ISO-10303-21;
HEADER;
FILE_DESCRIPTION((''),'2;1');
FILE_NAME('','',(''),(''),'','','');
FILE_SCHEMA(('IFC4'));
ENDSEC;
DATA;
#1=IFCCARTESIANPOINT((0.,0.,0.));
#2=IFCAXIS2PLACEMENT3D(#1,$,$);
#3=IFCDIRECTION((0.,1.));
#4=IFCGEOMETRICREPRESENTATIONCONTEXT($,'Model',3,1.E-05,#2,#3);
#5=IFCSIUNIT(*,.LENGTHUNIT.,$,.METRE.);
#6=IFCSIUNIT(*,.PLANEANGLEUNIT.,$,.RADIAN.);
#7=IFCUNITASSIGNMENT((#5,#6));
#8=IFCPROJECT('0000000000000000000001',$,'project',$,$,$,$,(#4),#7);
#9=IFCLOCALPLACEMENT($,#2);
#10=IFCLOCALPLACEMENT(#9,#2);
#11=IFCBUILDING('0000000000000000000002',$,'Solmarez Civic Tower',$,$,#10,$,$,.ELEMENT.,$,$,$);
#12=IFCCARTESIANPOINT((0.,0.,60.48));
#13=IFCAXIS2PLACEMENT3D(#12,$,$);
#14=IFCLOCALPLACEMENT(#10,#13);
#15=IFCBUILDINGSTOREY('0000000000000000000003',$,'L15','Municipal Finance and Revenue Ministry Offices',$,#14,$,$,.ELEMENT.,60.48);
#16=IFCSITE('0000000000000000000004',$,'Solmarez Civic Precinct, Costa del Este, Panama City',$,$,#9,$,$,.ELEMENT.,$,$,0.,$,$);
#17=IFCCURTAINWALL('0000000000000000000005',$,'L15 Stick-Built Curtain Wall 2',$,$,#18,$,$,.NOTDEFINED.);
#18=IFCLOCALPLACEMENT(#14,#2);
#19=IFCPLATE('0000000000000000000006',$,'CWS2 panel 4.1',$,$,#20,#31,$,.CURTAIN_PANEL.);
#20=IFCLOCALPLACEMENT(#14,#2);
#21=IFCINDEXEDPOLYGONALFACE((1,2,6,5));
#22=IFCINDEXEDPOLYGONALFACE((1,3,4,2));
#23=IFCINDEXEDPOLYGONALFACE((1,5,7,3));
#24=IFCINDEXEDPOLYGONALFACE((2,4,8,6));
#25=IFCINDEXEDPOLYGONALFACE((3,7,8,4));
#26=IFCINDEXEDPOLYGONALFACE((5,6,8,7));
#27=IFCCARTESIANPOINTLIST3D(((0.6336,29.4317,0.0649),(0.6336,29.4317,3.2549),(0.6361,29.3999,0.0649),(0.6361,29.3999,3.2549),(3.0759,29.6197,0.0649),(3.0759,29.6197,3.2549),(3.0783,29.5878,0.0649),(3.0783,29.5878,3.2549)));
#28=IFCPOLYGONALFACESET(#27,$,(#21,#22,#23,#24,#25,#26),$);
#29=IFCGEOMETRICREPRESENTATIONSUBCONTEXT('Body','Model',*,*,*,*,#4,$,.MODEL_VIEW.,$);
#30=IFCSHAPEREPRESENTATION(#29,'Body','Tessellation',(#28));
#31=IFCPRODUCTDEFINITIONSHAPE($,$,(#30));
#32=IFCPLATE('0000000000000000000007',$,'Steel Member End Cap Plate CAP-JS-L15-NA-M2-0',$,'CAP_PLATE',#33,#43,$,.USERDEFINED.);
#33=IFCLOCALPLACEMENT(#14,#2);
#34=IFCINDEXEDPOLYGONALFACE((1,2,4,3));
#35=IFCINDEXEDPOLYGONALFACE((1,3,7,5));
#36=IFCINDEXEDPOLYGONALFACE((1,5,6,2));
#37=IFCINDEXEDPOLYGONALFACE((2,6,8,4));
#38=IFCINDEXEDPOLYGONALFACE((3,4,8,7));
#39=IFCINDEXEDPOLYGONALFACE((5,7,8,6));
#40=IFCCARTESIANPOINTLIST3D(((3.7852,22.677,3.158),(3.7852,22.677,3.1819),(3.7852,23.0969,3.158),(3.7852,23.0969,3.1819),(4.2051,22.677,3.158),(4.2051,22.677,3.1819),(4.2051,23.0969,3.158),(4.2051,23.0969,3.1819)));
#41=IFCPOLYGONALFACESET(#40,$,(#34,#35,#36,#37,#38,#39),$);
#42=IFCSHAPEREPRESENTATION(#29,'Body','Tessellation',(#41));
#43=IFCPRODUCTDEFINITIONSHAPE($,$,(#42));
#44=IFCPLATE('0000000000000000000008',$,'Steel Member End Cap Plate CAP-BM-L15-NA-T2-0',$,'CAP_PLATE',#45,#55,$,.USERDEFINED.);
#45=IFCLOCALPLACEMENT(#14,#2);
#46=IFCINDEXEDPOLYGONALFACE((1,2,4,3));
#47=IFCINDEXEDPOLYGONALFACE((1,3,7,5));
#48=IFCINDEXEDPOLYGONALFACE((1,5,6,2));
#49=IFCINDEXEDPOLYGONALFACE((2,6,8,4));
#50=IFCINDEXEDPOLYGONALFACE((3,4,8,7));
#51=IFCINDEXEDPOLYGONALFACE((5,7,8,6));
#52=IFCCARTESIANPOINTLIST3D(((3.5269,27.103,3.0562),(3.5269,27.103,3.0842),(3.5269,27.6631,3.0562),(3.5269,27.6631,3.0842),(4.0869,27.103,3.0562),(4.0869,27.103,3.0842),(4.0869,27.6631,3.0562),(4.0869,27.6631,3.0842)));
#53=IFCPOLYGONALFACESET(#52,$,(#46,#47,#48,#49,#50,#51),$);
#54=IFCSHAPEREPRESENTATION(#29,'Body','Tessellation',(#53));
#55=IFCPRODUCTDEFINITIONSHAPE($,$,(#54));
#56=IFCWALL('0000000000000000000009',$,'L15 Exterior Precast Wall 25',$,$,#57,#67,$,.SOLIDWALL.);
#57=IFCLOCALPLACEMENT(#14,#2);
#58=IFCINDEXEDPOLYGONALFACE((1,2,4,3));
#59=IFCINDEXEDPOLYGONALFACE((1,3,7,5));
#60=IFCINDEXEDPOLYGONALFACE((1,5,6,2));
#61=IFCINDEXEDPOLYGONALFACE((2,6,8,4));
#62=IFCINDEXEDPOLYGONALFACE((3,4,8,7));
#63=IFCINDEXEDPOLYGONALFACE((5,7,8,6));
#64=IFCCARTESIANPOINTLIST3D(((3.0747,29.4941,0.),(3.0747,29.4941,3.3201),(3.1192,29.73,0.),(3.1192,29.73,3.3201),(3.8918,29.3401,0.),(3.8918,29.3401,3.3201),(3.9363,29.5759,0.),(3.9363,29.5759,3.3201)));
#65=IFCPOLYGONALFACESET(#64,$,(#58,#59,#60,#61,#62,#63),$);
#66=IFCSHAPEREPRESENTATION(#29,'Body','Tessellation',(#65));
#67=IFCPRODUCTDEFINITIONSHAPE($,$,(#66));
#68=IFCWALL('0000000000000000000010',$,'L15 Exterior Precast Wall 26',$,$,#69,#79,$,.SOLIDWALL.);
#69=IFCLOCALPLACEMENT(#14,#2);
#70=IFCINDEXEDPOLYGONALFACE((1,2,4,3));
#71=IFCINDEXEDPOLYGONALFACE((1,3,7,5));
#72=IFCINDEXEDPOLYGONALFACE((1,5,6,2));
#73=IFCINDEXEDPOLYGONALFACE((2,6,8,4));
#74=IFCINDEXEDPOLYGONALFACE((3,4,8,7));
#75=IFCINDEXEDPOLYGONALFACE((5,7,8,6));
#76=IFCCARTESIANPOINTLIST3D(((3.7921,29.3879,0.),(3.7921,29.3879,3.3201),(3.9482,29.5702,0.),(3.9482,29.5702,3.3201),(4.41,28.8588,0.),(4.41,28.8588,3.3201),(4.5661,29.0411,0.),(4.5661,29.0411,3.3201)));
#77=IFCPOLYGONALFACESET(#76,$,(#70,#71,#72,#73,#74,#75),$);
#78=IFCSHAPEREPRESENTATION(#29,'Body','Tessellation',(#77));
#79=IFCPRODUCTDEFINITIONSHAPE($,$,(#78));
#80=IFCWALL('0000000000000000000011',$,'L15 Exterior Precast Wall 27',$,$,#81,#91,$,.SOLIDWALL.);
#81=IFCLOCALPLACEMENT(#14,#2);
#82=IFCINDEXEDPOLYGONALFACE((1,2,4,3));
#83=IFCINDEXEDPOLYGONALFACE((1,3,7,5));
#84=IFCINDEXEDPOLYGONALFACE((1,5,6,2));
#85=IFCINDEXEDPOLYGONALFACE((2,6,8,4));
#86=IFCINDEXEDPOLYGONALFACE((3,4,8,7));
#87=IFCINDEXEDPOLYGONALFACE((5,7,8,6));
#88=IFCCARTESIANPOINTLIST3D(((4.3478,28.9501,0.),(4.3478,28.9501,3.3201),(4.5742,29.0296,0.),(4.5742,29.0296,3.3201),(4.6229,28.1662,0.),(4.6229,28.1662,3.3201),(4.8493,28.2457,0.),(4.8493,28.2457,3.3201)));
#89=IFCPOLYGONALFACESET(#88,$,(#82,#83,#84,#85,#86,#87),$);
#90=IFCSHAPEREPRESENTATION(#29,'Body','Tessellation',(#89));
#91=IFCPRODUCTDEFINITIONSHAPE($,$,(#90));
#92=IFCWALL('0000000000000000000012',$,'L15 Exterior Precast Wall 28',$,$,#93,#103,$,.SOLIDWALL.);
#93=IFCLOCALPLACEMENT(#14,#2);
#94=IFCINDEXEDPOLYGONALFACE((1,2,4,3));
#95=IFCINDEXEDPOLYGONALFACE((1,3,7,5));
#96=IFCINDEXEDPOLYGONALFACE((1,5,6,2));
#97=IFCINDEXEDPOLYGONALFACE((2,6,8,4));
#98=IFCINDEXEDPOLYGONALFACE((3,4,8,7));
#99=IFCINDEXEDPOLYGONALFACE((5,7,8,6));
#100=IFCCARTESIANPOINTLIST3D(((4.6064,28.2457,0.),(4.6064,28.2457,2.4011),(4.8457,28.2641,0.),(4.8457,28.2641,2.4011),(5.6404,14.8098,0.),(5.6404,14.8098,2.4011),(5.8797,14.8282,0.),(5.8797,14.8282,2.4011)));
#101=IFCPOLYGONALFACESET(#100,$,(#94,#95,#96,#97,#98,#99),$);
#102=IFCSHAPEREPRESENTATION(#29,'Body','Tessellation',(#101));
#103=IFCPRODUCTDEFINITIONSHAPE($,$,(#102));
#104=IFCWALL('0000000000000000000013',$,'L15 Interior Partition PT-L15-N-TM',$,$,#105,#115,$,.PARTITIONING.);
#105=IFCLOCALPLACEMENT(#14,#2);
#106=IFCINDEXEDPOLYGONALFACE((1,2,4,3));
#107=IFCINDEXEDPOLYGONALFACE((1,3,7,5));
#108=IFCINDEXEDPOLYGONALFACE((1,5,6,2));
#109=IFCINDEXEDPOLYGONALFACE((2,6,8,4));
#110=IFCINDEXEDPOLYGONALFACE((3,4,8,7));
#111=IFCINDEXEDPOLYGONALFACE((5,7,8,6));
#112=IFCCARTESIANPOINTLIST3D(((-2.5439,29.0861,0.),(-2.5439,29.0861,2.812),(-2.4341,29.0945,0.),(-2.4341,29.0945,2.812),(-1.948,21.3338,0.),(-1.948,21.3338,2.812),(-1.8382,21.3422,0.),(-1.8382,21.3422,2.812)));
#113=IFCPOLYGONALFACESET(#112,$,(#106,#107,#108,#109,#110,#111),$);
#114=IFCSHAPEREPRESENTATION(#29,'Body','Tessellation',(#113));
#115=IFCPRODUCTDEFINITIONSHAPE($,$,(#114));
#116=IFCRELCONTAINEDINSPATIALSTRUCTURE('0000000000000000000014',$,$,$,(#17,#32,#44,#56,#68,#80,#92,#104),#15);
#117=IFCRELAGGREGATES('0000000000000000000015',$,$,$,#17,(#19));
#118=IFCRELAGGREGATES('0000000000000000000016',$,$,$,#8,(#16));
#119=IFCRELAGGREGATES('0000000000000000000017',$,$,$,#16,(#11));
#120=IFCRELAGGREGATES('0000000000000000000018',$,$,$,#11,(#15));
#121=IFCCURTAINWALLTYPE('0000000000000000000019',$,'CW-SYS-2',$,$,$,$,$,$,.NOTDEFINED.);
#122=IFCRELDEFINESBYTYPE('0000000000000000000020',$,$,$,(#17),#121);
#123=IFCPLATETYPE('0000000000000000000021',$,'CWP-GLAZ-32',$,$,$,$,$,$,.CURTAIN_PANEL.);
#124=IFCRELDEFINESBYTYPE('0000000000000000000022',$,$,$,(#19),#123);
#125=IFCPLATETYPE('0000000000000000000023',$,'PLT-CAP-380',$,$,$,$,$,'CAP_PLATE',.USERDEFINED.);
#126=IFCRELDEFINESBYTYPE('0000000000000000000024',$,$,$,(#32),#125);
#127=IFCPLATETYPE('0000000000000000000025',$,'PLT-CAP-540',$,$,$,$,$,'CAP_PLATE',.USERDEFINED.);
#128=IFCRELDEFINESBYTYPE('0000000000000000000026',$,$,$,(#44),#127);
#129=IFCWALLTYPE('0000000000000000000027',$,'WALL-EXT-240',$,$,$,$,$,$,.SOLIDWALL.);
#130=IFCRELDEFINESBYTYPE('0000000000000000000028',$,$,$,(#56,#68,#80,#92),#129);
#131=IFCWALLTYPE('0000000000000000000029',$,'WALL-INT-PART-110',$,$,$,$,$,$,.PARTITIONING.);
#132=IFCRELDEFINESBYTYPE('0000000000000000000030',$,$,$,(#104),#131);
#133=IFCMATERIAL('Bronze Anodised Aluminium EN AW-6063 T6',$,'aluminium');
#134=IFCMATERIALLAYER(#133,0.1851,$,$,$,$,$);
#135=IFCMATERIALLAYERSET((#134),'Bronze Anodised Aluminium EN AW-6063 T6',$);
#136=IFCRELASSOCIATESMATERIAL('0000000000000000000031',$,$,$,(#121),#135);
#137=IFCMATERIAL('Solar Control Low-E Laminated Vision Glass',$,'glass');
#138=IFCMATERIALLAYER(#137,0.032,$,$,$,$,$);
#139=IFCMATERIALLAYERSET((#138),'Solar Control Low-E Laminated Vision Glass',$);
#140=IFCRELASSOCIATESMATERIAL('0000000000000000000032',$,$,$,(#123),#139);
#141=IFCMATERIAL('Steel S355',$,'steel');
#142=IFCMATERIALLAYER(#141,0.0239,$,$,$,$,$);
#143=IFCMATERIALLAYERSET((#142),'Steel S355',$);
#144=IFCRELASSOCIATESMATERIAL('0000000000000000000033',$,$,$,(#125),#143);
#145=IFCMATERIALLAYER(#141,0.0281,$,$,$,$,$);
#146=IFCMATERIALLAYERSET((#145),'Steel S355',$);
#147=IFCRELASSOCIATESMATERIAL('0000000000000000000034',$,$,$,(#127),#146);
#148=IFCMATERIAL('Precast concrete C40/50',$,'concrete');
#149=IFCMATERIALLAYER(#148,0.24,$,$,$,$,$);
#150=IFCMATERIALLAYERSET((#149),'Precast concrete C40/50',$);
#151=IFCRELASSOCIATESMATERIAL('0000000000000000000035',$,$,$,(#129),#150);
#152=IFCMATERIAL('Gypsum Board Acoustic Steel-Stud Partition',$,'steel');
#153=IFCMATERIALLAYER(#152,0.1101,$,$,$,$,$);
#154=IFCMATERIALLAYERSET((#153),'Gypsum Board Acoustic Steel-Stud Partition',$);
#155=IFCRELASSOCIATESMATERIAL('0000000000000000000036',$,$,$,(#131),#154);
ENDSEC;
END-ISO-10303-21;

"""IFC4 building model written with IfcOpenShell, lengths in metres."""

from ifc_helpers import new_model, si_unit, direction, frame, frame_2d, origin, origin_2d, place, context, subcontext, project, spatial, rectangle, extrude, material, layer, layer_set, type_object, element, aggregate, save


model = new_model("IFC4")

# Units and contexts
model_context = context("Model", 3, precision=1e-05, world=origin(), true_north=direction((0.0, 1.0)))
body_context = subcontext(model_context, "Body", "Model", "MODEL_VIEW")
ifc_project = project(units=[si_unit("LENGTHUNIT", "METRE"), si_unit("PLANEANGLEUNIT", "RADIAN")], contexts=[model_context])

# Site, building, storey
site_placement = place(None, origin())
site = spatial("IfcSite", under=ifc_project, at=site_placement, Name="Solmarez Civic Precinct, Costa del Este, Panama City", CompositionType="ELEMENT", RefElevation=0.0)
building_placement = place(site_placement, origin())
building = spatial("IfcBuilding", under=site, at=building_placement, Name="Solmarez Civic Tower", CompositionType="ELEMENT")
storey_placement = place(building_placement, frame((0.0, 0.0, 60.48)))
storey = spatial("IfcBuildingStorey", under=building, at=storey_placement, Name="L15", Description="Municipal Finance and Revenue Ministry Offices", CompositionType="ELEMENT", Elevation=60.48)

# Shared definitions
ifc_material_1 = material(Name="Steel S355", Category="steel")

# Curtain wall, plate
ifc_material_2 = material(Name="Bronze Anodised Aluminium EN AW-6063 T6", Category="aluminium")
ifc_layer_1 = layer(ifc_material_2, 0.1851)
ifc_layer_set_1 = layer_set([ifc_layer_1], Name="Bronze Anodised Aluminium EN AW-6063 T6")
curtain_wall_type = type_object("IfcCurtainWallType", Name="CW-SYS-2", PredefinedType="NOTDEFINED", material=ifc_layer_set_1)
curtain_wall_placement = place(storey_placement, origin())
curtain_wall = element("IfcCurtainWall", 1, at=curtain_wall_placement, inside=storey, type_object=curtain_wall_type, Name="L15 Stick-Built Curtain Wall 2", PredefinedType="NOTDEFINED")
ifc_material_3 = material(Name="Solar Control Low-E Laminated Vision Glass", Category="glass")
ifc_layer_2 = layer(ifc_material_3, 0.032)
ifc_layer_set_2 = layer_set([ifc_layer_2], Name="Solar Control Low-E Laminated Vision Glass")
plate_type_1 = type_object("IfcPlateType", Name="CWP-GLAZ-32", PredefinedType="CURTAIN_PANEL", material=ifc_layer_set_2)
plate_1_placement = place(storey_placement, frame((1.856, 29.5098, 0.0649), z_axis=(0.0, 0.0, 1.0), x_axis=(0.997052, 0.076726, 0.0)))
plate_1 = element("IfcPlate", 2, at=plate_1_placement, type_object=plate_type_1, Name="CWS2 panel 4.1", PredefinedType="CURTAIN_PANEL", context=body_context, shape_type="SweptSolid", body=[
    extrude(rectangle(XDim=2.4495, YDim=0.032, at=origin_2d()), origin(), (0.0, 0.0, 1.0), 3.1899),
])
aggregate(curtain_wall, [plate_1])

# Plates
ifc_layer_3 = layer(ifc_material_1, 0.0239)
ifc_layer_set_3 = layer_set([ifc_layer_3], Name="Steel S355")
plate_type_2 = type_object("IfcPlateType", Name="PLT-CAP-380", ElementType="CAP_PLATE", PredefinedType="USERDEFINED", material=ifc_layer_set_3)
plate_2_placement = place(storey_placement, frame((3.9951, 22.887, 3.158), z_axis=(0.0, 0.0, 1.0), x_axis=(1.0, 0.0, 0.0)))
element("IfcPlate", 3, at=plate_2_placement, inside=storey, type_object=plate_type_2, Name="Steel Member End Cap Plate CAP-JS-L15-NA-M2-0", ObjectType="CAP_PLATE", PredefinedType="USERDEFINED", context=body_context, shape_type="SweptSolid", body=[
    extrude(rectangle(XDim=0.4199, YDim=0.4199, at=origin_2d()), origin(), (0.0, 0.0, 1.0), 0.0239),
])
ifc_layer_4 = layer(ifc_material_1, 0.0281)
ifc_layer_set_4 = layer_set([ifc_layer_4], Name="Steel S355")
plate_type_3 = type_object("IfcPlateType", Name="PLT-CAP-540", ElementType="CAP_PLATE", PredefinedType="USERDEFINED", material=ifc_layer_set_4)
plate_3_placement = place(storey_placement, frame((3.8069, 27.3831, 3.0562), z_axis=(0.0, 0.0, 1.0), x_axis=(1.0, 0.0, 0.0)))
element("IfcPlate", 4, at=plate_3_placement, inside=storey, type_object=plate_type_3, Name="Steel Member End Cap Plate CAP-BM-L15-NA-T2-0", ObjectType="CAP_PLATE", PredefinedType="USERDEFINED", context=body_context, shape_type="SweptSolid", body=[
    extrude(rectangle(XDim=0.5601, YDim=0.5601, at=origin_2d()), origin(), (0.0, 0.0, 1.0), 0.0281),
])

# Walls
ifc_material_4 = material(Name="Precast concrete C40/50", Category="concrete")
ifc_layer_5 = layer(ifc_material_4, 0.24)
ifc_layer_set_5 = layer_set([ifc_layer_5], Name="Precast concrete C40/50")
wall_type_1 = type_object("IfcWallType", Name="WALL-EXT-240", PredefinedType="SOLIDWALL", material=ifc_layer_set_5)
wall_1_placement = place(storey_placement, frame((3.0969, 29.6121, 0.0), z_axis=(0.0, 0.0, 1.0), x_axis=(0.982689, -0.185263, 0.0)))
element("IfcWall", 5, at=wall_1_placement, inside=storey, type_object=wall_type_1, Name="L15 Exterior Precast Wall 25", PredefinedType="SOLIDWALL", context=body_context, shape_type="SweptSolid", body=[
    extrude(rectangle(XDim=0.8315, YDim=0.24, at=frame_2d((0.4158, 0.0))), origin(), (0.0, 0.0, 1.0), 3.3201),
])
wall_2_placement = place(storey_placement, frame((3.8701, 29.479, 0.0), z_axis=(0.0, 0.0, 1.0), x_axis=(0.759617, -0.650371, 0.0)))
element("IfcWall", 6, at=wall_2_placement, inside=storey, type_object=wall_type_1, Name="L15 Exterior Precast Wall 26", PredefinedType="SOLIDWALL", context=body_context, shape_type="SweptSolid", body=[
    extrude(rectangle(XDim=0.8135, YDim=0.24, at=frame_2d((0.4067, 0.0))), origin(), (0.0, 0.0, 1.0), 3.3201),
])
wall_3_placement = place(storey_placement, frame((4.4609, 28.99, 0.0), z_axis=(0.0, 0.0, 1.0), x_axis=(0.331175, -0.943569, 0.0)))
element("IfcWall", 7, at=wall_3_placement, inside=storey, type_object=wall_type_1, Name="L15 Exterior Precast Wall 27", PredefinedType="SOLIDWALL", context=body_context, shape_type="SweptSolid", body=[
    extrude(rectangle(XDim=0.8308, YDim=0.24, at=frame_2d((0.4155, 0.0))), origin(), (0.0, 0.0, 1.0), 3.3201),
])
wall_4_placement = place(storey_placement, frame((4.7261, 28.2549, 0.0), z_axis=(0.0, 0.0, 1.0), x_axis=(0.076727, -0.997052, 0.0)))
element("IfcWall", 8, at=wall_4_placement, inside=storey, type_object=wall_type_1, Name="L15 Exterior Precast Wall 28", PredefinedType="SOLIDWALL", context=body_context, shape_type="SweptSolid", body=[
    extrude(rectangle(XDim=13.4756, YDim=0.24, at=frame_2d((6.7378, 0.0))), origin(), (0.0, 0.0, 1.0), 2.4011),
])
ifc_material_5 = material(Name="Gypsum Board Acoustic Steel-Stud Partition", Category="steel")
ifc_layer_6 = layer(ifc_material_5, 0.1101)
ifc_layer_set_6 = layer_set([ifc_layer_6], Name="Gypsum Board Acoustic Steel-Stud Partition")
wall_type_2 = type_object("IfcWallType", Name="WALL-INT-PART-110", PredefinedType="PARTITIONING", material=ifc_layer_set_6)
wall_5_placement = place(storey_placement, frame((-1.8931, 21.3379, 0.0), z_axis=(0.0, 0.0, 1.0), x_axis=(-0.076648, 0.997058, 0.0)))
element("IfcWall", 9, at=wall_5_placement, inside=storey, type_object=wall_type_2, Name="L15 Interior Partition PT-L15-N-TM", PredefinedType="PARTITIONING", context=body_context, shape_type="SweptSolid", body=[
    extrude(rectangle(XDim=7.7751, YDim=0.1101, at=frame_2d((3.8877, 0.0))), origin(), (0.0, 0.0, 1.0), 2.812),
])

save(model, "model.ifc")
